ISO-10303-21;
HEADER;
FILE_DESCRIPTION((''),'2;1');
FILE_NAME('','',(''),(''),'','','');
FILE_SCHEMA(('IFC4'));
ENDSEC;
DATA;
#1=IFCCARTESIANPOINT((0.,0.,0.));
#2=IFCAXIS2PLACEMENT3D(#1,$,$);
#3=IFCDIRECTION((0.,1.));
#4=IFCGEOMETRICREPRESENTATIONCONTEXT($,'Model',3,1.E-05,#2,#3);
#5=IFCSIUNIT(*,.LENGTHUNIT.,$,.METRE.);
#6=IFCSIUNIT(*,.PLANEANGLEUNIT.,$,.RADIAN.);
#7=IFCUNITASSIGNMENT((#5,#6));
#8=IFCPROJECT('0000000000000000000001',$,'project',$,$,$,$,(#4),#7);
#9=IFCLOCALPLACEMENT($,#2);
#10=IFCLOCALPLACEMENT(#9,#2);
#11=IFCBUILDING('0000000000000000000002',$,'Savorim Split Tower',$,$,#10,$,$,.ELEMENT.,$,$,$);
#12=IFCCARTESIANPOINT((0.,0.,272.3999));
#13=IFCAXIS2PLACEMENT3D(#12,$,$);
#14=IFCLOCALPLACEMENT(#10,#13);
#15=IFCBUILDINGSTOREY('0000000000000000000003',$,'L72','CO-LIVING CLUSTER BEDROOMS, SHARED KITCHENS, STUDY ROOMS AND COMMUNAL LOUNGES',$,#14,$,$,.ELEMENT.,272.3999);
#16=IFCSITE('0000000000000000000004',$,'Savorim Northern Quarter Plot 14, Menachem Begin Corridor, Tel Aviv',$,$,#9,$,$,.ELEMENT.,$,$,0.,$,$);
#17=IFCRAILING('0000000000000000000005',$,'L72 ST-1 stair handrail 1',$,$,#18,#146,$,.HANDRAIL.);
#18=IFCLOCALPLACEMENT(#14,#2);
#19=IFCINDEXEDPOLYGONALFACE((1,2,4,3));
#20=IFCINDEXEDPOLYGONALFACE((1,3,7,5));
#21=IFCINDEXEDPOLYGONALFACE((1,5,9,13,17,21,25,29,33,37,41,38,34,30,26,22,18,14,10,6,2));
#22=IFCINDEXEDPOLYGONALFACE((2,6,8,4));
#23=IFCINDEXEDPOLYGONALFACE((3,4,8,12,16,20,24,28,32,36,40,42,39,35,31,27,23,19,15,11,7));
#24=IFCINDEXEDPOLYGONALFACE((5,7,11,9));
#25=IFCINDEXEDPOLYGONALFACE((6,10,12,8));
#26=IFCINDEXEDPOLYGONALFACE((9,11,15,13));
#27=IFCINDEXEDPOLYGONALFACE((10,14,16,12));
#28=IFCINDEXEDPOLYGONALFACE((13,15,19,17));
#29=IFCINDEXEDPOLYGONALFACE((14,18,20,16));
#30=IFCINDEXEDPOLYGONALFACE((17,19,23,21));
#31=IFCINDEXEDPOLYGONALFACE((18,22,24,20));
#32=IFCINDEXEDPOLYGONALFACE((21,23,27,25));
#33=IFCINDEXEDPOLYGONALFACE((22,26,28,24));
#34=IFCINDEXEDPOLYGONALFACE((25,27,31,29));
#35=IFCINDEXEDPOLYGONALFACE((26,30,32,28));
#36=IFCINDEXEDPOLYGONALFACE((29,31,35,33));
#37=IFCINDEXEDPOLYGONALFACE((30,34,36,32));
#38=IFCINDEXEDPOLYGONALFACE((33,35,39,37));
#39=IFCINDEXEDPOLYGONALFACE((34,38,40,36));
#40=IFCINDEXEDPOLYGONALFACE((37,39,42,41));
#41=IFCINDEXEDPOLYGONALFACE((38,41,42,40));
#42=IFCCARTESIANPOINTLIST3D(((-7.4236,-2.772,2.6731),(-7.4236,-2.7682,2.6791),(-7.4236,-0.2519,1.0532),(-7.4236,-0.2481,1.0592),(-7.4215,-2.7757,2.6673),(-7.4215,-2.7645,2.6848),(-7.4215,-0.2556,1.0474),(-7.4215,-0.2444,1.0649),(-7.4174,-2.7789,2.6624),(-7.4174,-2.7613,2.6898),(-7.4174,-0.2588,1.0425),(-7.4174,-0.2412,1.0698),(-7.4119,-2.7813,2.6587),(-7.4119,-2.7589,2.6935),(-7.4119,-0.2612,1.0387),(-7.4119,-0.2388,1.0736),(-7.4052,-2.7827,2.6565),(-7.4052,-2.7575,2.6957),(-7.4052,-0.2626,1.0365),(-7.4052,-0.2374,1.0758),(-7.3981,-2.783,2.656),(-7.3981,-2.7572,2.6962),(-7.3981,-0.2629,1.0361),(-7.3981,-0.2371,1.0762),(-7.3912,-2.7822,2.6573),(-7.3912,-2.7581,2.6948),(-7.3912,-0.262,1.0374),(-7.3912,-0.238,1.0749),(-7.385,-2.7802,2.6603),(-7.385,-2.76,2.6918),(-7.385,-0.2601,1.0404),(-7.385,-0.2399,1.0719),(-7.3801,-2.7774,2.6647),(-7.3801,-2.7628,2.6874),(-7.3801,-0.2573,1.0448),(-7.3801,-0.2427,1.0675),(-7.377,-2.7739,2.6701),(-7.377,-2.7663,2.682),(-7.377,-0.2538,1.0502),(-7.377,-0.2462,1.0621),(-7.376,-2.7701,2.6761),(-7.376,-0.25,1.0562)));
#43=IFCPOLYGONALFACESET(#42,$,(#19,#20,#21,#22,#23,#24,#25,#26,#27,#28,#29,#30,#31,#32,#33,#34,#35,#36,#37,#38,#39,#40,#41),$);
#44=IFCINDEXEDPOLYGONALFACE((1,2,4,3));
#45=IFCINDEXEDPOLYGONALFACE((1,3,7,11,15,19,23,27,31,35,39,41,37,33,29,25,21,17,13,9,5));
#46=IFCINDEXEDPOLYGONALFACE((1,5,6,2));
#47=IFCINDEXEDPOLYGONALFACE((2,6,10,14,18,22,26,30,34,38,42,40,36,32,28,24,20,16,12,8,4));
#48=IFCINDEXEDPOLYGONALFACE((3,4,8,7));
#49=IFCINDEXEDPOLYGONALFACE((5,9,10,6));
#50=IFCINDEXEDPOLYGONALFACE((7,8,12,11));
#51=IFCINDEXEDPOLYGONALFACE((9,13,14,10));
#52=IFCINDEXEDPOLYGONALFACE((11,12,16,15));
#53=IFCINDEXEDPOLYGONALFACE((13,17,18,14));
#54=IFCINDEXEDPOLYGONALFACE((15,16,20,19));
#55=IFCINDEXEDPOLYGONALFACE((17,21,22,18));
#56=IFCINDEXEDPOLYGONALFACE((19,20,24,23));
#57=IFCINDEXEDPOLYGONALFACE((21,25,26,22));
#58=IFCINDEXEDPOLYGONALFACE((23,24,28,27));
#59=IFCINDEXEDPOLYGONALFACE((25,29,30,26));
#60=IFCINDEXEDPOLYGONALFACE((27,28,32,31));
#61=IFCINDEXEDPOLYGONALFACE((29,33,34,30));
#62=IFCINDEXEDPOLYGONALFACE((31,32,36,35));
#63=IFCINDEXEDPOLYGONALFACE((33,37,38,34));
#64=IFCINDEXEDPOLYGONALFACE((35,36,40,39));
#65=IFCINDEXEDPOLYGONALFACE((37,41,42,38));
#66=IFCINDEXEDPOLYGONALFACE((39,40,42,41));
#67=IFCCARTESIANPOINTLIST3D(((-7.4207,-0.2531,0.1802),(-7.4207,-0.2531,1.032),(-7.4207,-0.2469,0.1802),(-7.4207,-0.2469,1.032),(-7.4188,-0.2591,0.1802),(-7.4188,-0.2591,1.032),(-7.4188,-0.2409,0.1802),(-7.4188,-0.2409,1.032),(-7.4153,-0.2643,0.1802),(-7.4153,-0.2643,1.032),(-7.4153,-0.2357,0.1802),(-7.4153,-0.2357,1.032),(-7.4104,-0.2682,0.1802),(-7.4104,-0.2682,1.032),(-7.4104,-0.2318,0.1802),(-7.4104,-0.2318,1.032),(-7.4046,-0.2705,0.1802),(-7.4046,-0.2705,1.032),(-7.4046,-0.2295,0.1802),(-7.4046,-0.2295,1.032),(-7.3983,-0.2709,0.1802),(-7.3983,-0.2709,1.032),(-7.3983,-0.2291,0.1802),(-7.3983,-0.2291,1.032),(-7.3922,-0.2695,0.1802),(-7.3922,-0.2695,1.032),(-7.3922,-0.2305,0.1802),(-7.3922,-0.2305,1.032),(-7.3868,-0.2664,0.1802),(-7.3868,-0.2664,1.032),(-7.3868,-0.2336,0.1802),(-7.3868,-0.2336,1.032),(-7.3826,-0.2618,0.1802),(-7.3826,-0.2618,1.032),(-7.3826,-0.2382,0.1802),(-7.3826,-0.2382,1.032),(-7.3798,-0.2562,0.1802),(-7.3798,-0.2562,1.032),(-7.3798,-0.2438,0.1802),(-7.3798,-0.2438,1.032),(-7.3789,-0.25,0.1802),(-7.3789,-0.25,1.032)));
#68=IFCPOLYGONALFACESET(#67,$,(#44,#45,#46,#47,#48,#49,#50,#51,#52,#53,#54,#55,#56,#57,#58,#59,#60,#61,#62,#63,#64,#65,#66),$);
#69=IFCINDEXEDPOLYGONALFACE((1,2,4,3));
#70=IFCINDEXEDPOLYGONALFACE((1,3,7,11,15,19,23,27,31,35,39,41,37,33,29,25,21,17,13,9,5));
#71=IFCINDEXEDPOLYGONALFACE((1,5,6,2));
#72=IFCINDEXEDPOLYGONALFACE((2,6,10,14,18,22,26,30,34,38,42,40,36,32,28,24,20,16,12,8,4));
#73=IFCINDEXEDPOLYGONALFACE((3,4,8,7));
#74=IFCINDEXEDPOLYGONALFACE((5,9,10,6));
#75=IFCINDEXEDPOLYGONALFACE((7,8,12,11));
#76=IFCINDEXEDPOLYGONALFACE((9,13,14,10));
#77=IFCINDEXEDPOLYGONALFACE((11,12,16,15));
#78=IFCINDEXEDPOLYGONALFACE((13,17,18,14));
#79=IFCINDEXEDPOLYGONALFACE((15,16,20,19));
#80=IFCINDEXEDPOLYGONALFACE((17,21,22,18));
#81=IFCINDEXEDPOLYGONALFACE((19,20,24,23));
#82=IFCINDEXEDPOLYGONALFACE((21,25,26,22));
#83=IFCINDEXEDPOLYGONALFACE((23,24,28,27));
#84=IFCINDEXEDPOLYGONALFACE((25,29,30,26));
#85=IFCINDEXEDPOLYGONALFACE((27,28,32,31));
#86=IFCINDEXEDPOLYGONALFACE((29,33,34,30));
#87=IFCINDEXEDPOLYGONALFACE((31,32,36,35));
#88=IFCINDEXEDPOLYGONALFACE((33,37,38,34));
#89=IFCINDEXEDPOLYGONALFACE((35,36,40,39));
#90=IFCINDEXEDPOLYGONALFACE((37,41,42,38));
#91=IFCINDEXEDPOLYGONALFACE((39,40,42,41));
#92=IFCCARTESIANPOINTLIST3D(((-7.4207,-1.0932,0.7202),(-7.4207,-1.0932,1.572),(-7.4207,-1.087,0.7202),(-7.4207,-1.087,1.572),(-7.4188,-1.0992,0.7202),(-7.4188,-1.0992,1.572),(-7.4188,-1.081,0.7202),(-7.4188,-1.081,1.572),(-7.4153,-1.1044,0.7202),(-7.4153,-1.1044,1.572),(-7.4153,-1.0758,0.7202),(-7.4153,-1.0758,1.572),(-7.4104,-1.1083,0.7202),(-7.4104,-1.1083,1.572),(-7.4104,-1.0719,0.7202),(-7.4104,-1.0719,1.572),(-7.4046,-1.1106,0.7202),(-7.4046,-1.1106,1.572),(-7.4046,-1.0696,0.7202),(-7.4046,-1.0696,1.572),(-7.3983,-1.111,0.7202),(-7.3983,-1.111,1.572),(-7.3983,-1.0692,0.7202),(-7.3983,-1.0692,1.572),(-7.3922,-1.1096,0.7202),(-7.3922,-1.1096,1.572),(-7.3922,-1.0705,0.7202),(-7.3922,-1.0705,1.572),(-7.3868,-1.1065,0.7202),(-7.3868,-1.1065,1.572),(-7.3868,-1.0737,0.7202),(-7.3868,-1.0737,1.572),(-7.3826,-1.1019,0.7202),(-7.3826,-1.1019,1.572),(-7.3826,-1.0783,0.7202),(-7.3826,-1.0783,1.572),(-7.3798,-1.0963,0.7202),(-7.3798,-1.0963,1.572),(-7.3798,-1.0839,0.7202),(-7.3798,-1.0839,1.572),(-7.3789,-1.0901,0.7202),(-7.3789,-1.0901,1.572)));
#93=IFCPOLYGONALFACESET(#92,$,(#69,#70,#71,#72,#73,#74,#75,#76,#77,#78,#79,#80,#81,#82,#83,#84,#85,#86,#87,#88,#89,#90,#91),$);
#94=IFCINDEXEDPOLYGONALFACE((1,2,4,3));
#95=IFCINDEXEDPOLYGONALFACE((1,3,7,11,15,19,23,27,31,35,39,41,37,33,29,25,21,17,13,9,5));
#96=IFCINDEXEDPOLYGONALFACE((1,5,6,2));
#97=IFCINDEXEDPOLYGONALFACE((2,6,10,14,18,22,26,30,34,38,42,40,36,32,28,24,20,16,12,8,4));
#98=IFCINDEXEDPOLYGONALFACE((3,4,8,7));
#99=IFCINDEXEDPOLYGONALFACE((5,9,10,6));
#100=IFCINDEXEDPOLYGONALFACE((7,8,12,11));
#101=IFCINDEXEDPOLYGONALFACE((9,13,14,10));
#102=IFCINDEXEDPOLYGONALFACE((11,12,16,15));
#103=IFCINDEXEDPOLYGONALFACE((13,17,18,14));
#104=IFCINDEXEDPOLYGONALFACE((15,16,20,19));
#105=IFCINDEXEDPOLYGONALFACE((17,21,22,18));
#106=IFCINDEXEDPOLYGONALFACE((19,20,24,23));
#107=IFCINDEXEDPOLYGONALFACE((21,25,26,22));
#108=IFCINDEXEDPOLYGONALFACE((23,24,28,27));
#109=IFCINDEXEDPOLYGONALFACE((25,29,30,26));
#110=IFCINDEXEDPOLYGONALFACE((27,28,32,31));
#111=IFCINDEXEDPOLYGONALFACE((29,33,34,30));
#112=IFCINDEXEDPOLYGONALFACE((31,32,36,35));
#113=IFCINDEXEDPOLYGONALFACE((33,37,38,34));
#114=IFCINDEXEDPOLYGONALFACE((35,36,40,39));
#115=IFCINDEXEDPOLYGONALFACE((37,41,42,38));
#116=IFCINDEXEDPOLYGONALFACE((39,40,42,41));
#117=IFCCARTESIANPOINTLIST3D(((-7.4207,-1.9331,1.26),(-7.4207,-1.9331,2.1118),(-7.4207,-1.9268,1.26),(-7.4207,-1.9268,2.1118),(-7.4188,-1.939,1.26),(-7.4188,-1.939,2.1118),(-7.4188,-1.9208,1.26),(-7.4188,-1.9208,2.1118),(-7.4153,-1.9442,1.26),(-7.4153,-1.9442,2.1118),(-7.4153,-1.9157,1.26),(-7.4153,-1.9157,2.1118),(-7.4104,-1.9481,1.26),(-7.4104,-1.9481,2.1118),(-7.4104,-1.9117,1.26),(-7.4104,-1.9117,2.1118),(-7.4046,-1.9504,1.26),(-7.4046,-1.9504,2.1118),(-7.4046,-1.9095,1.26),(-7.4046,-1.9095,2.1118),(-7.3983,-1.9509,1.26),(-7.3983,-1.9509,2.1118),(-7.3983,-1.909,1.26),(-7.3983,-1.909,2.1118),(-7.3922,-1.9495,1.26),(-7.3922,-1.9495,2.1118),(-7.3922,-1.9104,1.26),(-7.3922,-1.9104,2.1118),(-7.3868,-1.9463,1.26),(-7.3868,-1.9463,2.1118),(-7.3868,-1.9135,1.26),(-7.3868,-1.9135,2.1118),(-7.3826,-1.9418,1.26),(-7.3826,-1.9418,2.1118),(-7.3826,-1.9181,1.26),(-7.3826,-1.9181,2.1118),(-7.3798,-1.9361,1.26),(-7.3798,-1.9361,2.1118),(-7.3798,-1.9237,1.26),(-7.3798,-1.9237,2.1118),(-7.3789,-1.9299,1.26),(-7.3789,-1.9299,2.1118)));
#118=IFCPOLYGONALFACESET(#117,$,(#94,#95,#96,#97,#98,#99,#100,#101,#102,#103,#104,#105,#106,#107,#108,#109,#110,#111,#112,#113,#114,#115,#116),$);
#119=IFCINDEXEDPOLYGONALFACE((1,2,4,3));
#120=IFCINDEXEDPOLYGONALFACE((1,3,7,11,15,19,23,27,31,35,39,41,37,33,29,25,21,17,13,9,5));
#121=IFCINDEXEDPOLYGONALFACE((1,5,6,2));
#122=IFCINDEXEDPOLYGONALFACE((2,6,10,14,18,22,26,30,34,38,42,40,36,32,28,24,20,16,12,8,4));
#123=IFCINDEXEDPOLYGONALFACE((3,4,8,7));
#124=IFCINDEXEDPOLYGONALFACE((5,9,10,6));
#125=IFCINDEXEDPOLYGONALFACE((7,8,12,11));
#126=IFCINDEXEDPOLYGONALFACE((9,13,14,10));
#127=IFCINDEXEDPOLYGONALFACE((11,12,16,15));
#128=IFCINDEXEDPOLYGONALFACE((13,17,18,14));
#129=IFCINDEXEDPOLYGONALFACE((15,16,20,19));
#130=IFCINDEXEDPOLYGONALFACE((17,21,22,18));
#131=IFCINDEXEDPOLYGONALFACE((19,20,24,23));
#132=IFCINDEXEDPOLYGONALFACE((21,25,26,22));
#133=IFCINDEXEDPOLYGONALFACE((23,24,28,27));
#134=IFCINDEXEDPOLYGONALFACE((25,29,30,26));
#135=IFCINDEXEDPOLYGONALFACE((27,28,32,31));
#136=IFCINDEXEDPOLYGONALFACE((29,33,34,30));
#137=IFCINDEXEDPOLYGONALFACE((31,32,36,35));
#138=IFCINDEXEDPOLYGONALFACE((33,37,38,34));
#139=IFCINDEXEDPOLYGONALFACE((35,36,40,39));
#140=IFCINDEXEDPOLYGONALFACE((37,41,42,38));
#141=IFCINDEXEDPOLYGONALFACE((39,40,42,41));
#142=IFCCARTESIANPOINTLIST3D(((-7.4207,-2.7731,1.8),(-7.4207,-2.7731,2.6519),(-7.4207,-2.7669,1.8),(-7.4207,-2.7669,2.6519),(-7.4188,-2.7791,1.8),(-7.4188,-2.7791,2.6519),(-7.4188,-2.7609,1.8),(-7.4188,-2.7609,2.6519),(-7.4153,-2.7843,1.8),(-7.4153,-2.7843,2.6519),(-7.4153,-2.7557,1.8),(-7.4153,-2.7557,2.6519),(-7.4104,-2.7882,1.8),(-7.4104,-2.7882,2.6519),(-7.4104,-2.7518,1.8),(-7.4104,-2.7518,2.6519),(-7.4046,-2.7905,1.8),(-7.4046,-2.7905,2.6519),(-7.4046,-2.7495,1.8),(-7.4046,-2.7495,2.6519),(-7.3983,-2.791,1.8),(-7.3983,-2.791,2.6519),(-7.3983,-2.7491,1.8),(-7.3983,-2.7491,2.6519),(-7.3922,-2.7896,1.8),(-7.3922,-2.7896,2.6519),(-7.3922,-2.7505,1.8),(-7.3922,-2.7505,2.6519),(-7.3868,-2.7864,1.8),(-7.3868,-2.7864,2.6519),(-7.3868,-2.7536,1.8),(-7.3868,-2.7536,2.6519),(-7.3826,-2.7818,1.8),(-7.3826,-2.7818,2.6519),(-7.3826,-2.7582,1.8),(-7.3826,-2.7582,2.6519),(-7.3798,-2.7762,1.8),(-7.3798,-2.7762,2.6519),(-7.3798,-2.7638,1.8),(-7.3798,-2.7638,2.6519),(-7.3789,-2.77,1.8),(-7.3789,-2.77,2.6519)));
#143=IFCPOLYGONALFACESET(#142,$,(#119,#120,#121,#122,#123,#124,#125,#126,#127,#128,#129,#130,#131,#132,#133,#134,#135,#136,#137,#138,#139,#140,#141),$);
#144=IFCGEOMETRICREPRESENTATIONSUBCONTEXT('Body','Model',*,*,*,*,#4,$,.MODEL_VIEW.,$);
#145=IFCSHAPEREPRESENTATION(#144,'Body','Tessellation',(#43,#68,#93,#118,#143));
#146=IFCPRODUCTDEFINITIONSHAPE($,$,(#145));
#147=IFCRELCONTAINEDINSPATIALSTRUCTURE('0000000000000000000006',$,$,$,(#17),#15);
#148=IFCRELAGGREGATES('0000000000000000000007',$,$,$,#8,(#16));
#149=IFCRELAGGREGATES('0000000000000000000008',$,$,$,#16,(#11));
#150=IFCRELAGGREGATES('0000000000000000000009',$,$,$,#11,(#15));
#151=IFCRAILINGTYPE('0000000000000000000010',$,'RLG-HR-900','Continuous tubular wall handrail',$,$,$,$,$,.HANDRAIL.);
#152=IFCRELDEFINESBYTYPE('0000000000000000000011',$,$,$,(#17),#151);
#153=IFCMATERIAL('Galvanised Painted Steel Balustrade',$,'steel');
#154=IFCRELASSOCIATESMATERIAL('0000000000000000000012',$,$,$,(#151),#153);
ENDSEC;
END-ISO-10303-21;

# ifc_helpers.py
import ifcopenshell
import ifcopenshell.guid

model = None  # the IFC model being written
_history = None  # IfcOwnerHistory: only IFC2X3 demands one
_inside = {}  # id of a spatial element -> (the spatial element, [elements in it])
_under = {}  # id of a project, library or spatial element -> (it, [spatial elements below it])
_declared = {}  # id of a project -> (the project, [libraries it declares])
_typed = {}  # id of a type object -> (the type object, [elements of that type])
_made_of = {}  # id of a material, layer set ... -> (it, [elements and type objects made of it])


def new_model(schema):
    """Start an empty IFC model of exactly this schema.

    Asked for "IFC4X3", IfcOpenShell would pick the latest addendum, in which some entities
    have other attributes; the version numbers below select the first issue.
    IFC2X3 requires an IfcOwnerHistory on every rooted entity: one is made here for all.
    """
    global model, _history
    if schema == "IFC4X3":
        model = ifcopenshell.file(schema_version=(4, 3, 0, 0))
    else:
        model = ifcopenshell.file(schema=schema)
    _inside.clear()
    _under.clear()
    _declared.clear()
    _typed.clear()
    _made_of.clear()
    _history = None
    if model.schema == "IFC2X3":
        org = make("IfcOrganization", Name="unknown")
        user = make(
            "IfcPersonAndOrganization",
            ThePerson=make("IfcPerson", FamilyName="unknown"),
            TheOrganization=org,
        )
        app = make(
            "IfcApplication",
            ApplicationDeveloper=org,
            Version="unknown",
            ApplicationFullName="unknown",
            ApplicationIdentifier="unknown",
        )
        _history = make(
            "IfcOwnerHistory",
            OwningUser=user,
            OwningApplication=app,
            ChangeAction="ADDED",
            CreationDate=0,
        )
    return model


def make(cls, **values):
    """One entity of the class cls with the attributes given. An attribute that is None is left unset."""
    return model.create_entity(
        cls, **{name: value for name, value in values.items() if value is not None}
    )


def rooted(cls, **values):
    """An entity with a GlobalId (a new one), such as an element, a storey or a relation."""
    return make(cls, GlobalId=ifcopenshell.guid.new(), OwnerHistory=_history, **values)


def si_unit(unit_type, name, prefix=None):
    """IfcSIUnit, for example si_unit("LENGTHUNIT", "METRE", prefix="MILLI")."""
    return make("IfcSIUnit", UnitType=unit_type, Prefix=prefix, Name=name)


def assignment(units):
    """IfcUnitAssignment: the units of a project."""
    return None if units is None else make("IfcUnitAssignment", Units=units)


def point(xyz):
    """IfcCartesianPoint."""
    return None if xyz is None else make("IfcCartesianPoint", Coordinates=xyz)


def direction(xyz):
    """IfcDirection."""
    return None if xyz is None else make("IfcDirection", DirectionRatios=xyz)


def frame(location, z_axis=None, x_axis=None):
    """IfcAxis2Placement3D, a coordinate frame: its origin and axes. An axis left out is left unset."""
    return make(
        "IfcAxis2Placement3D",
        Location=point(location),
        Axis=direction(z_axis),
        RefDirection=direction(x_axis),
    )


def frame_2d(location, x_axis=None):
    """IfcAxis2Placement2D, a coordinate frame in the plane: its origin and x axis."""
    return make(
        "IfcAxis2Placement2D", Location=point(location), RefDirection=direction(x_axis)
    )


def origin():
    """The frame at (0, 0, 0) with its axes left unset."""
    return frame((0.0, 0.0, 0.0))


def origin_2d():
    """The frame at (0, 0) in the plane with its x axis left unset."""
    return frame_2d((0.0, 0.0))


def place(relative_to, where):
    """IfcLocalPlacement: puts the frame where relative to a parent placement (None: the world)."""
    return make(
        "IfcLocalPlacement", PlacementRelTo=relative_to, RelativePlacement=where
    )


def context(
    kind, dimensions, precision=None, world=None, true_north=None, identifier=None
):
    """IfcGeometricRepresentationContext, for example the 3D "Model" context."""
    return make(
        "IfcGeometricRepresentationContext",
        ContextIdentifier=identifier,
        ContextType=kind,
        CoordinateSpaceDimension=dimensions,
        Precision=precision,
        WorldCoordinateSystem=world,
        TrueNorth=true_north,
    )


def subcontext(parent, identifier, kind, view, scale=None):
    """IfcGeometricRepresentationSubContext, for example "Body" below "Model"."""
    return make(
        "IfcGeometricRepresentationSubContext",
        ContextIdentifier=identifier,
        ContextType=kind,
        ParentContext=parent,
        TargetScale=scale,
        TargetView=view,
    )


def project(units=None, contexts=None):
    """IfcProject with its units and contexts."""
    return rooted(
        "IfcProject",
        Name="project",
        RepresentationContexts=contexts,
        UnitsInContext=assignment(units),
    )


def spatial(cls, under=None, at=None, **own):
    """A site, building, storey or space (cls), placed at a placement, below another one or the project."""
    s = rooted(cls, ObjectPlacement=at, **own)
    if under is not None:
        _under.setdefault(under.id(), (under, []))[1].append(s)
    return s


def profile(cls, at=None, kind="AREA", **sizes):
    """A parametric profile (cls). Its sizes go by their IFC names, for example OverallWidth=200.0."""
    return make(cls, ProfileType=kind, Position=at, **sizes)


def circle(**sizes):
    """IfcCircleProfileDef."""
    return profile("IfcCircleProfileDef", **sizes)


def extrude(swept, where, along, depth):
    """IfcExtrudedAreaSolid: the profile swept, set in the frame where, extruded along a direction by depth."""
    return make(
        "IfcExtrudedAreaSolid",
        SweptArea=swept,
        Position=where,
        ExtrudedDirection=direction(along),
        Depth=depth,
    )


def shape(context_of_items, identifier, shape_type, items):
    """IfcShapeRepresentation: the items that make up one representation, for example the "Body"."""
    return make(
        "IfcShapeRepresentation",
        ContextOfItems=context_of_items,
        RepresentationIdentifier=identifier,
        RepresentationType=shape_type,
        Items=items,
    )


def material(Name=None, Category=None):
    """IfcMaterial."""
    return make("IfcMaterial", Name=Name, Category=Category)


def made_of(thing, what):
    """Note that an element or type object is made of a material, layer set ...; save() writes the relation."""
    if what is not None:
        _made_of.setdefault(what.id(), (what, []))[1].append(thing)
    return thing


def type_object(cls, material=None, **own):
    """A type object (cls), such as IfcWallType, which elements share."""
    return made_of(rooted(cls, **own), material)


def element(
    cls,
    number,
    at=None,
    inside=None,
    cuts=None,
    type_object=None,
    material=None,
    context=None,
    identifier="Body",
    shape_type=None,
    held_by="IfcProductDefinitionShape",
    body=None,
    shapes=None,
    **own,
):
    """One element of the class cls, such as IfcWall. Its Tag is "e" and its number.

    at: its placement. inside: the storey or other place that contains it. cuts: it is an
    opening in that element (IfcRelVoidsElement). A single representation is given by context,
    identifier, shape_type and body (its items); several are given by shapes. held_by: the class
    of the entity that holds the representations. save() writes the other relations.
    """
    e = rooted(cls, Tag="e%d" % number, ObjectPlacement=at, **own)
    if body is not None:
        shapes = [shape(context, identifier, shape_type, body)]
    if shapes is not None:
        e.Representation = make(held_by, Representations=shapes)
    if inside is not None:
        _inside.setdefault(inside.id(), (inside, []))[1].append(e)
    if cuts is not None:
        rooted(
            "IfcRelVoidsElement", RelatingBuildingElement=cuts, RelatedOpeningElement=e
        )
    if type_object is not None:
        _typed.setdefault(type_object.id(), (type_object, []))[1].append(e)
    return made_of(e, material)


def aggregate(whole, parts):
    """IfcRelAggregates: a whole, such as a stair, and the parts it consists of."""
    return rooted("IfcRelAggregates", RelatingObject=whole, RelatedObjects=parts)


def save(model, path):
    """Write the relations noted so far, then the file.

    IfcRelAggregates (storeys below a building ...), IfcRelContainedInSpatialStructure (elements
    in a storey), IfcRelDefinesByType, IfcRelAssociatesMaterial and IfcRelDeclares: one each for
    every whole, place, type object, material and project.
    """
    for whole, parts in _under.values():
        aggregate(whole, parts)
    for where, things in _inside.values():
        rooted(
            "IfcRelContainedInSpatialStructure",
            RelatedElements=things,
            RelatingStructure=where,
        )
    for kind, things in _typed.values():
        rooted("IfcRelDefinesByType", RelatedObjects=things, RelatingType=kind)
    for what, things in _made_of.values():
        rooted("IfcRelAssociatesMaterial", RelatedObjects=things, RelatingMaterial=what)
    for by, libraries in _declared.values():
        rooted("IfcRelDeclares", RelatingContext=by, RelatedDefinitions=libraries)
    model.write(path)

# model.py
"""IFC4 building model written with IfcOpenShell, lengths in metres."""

from ifc_helpers import new_model, si_unit, direction, frame, origin, origin_2d, place, context, subcontext, project, spatial, circle, extrude, material, type_object, element, save


model = new_model("IFC4")

# Units and contexts
model_context = context("Model", 3, precision=1e-05, world=origin(), true_north=direction((0.0, 1.0)))
body_context = subcontext(model_context, "Body", "Model", "MODEL_VIEW")
ifc_project = project(units=[si_unit("LENGTHUNIT", "METRE"), si_unit("PLANEANGLEUNIT", "RADIAN")], contexts=[model_context])

# Site, building, storey
site_placement = place(None, origin())
site = spatial("IfcSite", under=ifc_project, at=site_placement, Name="Savorim Northern Quarter Plot 14, Menachem Begin Corridor, Tel Aviv", CompositionType="ELEMENT", RefElevation=0.0)
building_placement = place(site_placement, origin())
building = spatial("IfcBuilding", under=site, at=building_placement, Name="Savorim Split Tower", CompositionType="ELEMENT")
storey_placement = place(building_placement, frame((0.0, 0.0, 272.3999)))
storey = spatial("IfcBuildingStorey", under=building, at=storey_placement, Name="L72", Description="CO-LIVING CLUSTER BEDROOMS, SHARED KITCHENS, STUDY ROOMS AND COMMUNAL LOUNGES", CompositionType="ELEMENT", Elevation=272.3999)

# Railing
ifc_material_1 = material(Name="Galvanised Painted Steel Balustrade", Category="steel")
railing_type_1 = type_object("IfcRailingType", Name="RLG-HR-900", Description="Continuous tubular wall handrail", PredefinedType="HANDRAIL", material=ifc_material_1)
railing_1_placement = place(storey_placement, frame((-7.3999, -0.25, 0.1802)))
element("IfcRailing", 1, at=railing_1_placement, inside=storey, type_object=railing_type_1, Name="L72 ST-1 stair handrail 1", PredefinedType="HANDRAIL", context=body_context, shape_type="SweptSolid", body=[
    extrude(circle(Radius=0.0239, at=origin_2d()), frame((0.0, 0.0, 0.876), z_axis=(0.0, -0.8412, 0.540725), x_axis=(1.0, 0.0, 0.0)), (0.0, 0.0, 1.0), 2.9958),
    extrude(circle(Radius=0.021, at=origin_2d()), origin(), (0.0, 0.0, 1.0), 0.8518),
    extrude(circle(Radius=0.021, at=origin_2d()), frame((0.0, -0.8401, 0.54)), (0.0, 0.0, 1.0), 0.8518),
    extrude(circle(Radius=0.021, at=origin_2d()), frame((0.0, -1.6799, 1.0798)), (0.0, 0.0, 1.0), 0.8518),
    extrude(circle(Radius=0.021, at=origin_2d()), frame((0.0, -2.52, 1.6199)), (0.0, 0.0, 1.0), 0.8518),
])

save(model, "model.ifc")
